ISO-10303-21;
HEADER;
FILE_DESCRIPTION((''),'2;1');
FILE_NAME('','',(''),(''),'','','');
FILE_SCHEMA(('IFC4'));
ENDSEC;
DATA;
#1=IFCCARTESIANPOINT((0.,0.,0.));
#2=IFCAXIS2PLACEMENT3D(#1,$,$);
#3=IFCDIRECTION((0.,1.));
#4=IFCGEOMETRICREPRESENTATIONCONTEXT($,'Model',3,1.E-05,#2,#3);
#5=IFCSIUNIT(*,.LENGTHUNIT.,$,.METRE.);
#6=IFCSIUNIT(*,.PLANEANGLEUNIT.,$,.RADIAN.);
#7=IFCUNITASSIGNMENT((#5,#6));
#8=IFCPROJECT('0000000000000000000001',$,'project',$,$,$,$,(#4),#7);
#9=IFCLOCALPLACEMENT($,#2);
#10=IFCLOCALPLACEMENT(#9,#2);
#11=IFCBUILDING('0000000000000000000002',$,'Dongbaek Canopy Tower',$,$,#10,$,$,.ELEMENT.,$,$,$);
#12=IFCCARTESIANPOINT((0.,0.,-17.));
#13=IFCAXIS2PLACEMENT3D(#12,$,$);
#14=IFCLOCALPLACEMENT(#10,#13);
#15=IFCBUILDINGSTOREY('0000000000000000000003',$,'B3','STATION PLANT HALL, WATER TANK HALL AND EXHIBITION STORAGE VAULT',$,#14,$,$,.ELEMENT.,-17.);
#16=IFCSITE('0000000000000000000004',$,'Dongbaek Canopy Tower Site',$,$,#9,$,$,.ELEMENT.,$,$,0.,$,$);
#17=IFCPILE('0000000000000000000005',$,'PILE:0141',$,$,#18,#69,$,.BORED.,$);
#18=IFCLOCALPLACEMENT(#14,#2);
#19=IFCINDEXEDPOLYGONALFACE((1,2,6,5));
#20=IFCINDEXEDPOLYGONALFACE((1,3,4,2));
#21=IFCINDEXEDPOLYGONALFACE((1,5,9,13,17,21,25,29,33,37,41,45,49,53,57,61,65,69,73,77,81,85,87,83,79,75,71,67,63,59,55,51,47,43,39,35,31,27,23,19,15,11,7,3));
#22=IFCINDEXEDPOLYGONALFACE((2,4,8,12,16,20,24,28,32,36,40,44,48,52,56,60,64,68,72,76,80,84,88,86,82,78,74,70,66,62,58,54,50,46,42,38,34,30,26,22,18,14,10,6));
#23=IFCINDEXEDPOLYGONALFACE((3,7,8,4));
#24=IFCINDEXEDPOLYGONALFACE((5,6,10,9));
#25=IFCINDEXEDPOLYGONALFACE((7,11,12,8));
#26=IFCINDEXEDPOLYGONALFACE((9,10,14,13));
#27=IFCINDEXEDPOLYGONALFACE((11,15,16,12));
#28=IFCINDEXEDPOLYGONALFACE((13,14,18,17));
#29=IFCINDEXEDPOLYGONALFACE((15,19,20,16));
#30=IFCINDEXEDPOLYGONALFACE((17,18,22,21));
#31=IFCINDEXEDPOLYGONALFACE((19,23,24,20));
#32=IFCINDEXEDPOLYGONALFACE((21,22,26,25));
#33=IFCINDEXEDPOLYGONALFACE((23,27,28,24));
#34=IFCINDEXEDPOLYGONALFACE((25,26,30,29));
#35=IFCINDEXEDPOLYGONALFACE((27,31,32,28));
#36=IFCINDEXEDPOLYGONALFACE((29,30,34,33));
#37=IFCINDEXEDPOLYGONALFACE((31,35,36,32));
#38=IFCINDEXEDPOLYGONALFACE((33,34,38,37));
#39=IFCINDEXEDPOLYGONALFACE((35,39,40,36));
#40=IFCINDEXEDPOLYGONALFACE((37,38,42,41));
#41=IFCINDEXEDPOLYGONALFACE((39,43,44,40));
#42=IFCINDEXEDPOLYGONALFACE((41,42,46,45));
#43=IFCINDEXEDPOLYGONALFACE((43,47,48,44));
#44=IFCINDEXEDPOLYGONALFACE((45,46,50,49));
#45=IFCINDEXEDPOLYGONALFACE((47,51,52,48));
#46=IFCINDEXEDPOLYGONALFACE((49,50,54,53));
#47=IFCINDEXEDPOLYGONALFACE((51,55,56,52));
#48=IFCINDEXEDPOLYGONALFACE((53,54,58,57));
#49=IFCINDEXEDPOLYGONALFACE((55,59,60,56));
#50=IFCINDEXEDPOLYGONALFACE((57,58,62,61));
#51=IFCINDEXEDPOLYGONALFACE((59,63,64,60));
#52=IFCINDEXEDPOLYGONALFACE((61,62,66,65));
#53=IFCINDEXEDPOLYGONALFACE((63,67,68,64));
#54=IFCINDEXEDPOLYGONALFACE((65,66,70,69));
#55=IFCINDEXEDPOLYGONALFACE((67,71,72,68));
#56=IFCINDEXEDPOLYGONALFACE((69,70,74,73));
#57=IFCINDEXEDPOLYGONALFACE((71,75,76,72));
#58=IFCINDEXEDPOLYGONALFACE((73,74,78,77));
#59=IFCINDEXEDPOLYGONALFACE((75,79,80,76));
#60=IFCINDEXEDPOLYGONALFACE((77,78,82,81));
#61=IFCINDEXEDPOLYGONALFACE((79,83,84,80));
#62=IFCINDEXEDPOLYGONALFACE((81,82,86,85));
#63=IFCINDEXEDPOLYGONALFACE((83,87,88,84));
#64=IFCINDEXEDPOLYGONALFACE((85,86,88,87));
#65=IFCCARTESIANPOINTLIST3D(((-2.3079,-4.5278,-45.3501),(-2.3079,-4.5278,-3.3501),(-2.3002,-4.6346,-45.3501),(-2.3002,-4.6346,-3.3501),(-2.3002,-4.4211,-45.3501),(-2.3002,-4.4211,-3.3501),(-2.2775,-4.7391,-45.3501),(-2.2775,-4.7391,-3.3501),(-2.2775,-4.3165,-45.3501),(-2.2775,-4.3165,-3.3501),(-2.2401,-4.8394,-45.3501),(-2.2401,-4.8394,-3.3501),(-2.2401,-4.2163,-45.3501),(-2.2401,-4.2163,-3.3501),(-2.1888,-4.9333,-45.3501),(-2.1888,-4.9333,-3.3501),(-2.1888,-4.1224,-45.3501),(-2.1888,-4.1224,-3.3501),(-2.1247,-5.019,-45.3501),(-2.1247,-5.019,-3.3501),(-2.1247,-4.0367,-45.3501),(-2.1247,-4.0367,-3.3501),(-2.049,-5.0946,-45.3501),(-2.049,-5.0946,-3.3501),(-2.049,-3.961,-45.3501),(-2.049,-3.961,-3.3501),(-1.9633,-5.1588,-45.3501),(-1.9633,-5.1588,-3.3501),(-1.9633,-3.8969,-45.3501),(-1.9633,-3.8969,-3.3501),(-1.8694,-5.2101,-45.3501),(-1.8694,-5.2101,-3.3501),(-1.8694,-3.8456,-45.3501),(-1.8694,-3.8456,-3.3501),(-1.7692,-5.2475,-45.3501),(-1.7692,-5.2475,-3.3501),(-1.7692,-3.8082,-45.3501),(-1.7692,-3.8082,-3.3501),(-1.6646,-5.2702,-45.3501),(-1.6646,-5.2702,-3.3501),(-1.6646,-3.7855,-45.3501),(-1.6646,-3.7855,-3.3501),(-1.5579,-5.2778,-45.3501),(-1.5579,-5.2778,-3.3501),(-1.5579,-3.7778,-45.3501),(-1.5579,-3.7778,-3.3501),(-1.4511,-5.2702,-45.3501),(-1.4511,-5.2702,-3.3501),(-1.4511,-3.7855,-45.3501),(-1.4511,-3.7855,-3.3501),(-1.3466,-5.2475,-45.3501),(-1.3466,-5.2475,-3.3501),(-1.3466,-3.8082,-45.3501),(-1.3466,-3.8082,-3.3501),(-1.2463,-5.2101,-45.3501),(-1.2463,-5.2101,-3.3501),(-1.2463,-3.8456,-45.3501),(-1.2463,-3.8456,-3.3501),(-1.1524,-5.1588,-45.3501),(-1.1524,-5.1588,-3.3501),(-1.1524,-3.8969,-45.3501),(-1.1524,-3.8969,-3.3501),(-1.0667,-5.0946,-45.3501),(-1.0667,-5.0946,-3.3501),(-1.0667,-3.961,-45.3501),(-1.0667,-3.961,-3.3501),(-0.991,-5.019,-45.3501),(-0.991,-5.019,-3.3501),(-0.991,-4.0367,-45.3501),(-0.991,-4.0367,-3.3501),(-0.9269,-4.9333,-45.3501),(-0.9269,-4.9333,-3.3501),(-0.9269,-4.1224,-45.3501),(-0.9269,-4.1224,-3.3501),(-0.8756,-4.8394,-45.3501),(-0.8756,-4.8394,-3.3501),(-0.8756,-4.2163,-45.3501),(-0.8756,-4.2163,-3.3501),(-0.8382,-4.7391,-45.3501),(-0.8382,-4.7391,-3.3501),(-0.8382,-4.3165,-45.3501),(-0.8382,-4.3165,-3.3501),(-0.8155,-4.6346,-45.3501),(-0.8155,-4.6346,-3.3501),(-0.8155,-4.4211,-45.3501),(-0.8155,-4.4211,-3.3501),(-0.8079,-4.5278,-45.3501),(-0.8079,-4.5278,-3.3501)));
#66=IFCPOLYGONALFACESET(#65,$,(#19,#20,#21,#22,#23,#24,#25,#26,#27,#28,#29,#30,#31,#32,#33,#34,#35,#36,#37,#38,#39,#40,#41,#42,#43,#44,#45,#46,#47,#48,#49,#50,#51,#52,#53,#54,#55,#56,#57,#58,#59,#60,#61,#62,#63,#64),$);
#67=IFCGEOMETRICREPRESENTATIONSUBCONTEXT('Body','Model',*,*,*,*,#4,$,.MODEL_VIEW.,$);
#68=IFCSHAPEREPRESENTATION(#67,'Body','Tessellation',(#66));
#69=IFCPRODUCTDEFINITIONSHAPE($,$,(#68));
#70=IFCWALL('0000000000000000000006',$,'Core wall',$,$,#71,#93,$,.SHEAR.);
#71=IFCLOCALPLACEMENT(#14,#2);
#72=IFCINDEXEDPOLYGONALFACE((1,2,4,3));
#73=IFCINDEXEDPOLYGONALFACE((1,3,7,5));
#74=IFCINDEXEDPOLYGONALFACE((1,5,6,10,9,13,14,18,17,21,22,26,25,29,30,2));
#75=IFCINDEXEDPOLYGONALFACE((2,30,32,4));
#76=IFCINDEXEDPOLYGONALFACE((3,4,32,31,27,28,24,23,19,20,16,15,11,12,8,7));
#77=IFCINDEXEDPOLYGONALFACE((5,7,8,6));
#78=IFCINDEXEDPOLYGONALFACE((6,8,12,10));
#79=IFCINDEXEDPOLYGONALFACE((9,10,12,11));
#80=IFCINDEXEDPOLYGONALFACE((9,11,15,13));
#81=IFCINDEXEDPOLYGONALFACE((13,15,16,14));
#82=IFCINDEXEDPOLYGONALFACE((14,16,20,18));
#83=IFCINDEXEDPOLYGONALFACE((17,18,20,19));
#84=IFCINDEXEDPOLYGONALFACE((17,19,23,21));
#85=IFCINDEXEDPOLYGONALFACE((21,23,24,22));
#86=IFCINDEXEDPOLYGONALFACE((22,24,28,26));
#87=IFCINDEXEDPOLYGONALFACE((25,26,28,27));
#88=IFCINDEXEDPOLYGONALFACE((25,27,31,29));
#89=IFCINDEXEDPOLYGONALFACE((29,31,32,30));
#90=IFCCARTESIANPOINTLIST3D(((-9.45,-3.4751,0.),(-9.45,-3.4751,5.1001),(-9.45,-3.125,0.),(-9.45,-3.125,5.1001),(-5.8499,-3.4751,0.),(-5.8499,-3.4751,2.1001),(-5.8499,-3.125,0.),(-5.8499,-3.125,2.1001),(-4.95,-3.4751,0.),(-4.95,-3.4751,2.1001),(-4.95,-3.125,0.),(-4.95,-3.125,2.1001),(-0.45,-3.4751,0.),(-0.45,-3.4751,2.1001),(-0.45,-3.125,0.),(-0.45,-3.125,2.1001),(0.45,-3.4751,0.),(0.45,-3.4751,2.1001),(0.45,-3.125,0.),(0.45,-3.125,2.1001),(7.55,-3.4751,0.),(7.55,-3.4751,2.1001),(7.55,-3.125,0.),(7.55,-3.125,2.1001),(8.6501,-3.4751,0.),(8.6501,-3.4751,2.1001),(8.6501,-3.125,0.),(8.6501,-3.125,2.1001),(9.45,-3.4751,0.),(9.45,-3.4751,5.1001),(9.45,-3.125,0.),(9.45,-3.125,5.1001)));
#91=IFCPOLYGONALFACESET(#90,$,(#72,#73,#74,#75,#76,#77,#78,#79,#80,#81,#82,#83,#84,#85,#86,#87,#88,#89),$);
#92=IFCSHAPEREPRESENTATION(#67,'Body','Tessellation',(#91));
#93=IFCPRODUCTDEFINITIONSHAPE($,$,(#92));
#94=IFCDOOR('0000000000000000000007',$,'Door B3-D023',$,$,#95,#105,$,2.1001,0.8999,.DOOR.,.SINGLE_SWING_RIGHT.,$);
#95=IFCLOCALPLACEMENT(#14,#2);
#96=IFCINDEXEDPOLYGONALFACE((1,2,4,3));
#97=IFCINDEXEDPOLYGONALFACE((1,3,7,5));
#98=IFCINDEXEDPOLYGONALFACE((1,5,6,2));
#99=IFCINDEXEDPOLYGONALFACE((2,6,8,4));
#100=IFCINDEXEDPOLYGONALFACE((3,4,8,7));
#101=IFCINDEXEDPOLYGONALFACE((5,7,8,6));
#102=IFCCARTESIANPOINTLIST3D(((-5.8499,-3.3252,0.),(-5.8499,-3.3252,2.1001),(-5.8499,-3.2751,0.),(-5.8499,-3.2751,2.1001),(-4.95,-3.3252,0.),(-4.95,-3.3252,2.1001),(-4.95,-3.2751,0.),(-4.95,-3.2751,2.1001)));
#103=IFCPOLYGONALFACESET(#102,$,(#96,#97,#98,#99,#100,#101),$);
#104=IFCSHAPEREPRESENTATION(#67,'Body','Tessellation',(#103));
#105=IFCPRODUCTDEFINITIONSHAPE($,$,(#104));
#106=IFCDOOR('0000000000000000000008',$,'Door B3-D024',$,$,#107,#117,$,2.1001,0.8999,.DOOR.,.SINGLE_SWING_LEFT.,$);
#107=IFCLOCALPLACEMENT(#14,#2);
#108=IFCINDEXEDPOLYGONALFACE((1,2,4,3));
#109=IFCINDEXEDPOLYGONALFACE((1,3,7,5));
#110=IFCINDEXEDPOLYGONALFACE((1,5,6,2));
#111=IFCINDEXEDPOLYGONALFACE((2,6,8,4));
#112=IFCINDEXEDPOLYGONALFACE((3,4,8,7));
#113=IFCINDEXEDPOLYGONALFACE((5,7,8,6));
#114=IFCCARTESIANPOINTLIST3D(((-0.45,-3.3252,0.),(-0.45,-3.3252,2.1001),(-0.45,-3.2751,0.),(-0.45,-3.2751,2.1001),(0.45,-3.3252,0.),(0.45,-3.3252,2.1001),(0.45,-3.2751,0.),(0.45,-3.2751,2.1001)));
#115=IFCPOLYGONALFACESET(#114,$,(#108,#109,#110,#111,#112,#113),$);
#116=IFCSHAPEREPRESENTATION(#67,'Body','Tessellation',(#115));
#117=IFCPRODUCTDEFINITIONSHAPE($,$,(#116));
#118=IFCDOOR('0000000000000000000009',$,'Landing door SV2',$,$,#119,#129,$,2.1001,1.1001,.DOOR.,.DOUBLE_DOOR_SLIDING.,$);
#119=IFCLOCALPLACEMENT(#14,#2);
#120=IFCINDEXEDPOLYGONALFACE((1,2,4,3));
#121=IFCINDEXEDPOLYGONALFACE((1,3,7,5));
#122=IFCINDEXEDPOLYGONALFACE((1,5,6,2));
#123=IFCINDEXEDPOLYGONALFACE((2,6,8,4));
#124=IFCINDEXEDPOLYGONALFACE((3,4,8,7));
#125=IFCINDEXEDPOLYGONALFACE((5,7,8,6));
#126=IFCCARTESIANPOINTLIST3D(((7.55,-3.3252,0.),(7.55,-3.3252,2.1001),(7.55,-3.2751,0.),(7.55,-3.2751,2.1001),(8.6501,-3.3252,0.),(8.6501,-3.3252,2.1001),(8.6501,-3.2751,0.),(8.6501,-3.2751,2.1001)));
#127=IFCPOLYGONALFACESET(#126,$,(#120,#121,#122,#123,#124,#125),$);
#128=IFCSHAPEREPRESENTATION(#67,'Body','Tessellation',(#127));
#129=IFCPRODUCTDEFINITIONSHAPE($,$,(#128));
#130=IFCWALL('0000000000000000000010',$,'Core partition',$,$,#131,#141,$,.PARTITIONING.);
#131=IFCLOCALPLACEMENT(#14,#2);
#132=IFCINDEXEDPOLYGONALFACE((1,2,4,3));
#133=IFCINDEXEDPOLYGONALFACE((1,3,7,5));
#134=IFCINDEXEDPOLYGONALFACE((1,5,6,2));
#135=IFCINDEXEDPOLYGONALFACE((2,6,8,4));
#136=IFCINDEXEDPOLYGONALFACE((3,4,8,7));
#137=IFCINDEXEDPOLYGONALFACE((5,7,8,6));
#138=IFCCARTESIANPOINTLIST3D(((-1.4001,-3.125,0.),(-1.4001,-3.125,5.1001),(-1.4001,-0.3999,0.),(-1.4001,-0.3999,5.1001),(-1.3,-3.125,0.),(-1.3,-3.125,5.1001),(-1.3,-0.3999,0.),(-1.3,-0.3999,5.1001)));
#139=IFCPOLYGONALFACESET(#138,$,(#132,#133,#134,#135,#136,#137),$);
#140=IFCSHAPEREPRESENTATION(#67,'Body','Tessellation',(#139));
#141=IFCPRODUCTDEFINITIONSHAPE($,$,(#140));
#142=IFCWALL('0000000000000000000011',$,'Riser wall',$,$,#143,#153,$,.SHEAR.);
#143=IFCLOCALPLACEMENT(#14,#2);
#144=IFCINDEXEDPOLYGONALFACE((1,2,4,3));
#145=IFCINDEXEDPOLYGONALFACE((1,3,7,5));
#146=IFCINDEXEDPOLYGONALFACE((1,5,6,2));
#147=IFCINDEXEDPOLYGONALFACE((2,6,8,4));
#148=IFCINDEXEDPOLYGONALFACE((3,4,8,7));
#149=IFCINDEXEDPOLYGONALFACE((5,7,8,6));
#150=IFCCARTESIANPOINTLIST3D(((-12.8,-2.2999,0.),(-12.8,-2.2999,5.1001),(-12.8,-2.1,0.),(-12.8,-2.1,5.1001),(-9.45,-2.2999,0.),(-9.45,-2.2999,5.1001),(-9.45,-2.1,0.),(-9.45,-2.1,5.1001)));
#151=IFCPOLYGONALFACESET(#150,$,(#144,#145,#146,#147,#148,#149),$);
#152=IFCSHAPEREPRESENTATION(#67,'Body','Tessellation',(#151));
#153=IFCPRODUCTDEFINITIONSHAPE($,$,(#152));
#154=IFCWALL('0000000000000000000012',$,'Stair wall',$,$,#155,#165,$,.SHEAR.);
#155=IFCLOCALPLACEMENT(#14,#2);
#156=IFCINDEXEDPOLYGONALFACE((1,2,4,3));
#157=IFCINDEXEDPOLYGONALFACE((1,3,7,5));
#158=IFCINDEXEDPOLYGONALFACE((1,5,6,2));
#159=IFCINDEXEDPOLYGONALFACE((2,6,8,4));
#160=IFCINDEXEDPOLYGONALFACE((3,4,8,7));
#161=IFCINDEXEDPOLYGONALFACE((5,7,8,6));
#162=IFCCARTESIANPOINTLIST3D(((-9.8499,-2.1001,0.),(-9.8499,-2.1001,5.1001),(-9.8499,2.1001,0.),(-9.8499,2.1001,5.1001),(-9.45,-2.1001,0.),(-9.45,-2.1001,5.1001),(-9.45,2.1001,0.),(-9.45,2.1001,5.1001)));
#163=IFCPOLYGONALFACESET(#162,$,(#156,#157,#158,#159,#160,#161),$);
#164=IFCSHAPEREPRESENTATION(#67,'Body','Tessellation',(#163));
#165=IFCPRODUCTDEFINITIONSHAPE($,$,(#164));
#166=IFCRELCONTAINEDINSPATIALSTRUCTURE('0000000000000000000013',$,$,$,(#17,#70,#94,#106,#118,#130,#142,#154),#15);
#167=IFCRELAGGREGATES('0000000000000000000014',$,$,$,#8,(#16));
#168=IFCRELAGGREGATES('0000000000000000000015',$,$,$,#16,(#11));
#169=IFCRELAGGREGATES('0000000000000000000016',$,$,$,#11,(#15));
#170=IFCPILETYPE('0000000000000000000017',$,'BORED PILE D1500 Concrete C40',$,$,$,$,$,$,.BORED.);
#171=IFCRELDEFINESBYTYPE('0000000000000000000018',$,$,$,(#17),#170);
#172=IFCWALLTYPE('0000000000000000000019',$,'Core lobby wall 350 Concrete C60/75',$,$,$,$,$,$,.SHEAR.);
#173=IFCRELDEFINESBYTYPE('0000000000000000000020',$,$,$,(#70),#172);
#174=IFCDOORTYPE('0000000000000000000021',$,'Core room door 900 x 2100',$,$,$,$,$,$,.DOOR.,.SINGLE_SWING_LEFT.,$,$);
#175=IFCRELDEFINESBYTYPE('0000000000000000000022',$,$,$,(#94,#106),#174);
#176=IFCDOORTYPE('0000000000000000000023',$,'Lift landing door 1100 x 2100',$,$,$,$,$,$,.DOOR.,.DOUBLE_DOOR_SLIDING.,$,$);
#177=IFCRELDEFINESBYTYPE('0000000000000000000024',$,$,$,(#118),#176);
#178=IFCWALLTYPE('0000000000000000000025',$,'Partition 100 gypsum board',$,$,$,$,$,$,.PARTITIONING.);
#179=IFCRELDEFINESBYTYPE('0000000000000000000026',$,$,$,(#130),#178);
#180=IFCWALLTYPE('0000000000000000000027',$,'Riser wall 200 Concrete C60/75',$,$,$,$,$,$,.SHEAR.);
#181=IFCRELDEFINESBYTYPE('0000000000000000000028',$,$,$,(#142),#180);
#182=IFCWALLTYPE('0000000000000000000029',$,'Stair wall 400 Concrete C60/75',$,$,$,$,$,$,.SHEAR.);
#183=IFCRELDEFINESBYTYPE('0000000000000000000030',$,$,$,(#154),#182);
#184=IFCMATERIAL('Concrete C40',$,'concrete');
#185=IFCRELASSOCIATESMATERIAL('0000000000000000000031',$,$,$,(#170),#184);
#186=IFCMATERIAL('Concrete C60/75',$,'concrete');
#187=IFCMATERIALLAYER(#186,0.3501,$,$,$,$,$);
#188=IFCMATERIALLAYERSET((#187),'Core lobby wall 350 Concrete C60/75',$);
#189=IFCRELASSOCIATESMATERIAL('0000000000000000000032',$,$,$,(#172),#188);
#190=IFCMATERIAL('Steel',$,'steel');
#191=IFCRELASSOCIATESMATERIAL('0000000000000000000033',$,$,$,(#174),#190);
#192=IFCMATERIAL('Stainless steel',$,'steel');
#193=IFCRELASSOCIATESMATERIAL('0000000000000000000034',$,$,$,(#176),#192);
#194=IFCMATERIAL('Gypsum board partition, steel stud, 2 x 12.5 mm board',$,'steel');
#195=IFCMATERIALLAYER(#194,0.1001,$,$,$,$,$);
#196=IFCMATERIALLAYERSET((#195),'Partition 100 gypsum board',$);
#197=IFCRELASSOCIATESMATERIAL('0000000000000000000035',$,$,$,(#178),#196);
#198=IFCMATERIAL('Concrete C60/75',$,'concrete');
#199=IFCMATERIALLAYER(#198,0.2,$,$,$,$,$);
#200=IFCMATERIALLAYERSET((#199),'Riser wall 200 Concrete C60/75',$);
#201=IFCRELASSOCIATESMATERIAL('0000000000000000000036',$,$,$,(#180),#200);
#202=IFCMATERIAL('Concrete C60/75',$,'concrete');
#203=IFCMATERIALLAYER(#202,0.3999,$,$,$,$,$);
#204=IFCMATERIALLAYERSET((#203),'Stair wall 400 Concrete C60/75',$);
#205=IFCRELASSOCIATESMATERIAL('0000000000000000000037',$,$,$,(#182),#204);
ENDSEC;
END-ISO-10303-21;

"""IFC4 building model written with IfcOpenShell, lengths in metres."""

from ifc_helpers import new_model, si_unit, direction, frame, frame_2d, origin, origin_2d, place, context, subcontext, project, spatial, rectangle, circle, extrude, material, layer, layer_set, material_profile, profile_set, type_object, element, fill, save


model = new_model("IFC4")

# Units and contexts
model_context = context("Model", 3, precision=1e-05, world=origin(), true_north=direction((0.0, 1.0)))
body_context = subcontext(model_context, "Body", "Model", "MODEL_VIEW")
ifc_project = project(units=[si_unit("LENGTHUNIT", "METRE"), si_unit("PLANEANGLEUNIT", "RADIAN")], contexts=[model_context])

# Site, building, storey
site_placement = place(None, origin())
site = spatial("IfcSite", under=ifc_project, at=site_placement, Name="Dongbaek Canopy Tower Site", CompositionType="ELEMENT", RefElevation=0.0)
building_placement = place(site_placement, origin())
building = spatial("IfcBuilding", under=site, at=building_placement, Name="Dongbaek Canopy Tower", CompositionType="ELEMENT")
storey_placement = place(building_placement, frame((0.0, 0.0, -17.0)))
storey = spatial("IfcBuildingStorey", under=building, at=storey_placement, Name="B3", Description="STATION PLANT HALL, WATER TANK HALL AND EXHIBITION STORAGE VAULT", CompositionType="ELEMENT", Elevation=-17.0)

# Pile
ifc_material_1 = material(Name="Concrete C40", Category="concrete")
ifc_material_profile = material_profile(ifc_material_1, circle(Radius=0.75, at=origin_2d()), Name="BORED PILE D1500 Concrete C40")
ifc_profile_set = profile_set([ifc_material_profile], Name="Concrete C40")
pile_type = type_object("IfcPileType", Name="BORED PILE D1500 Concrete C40", PredefinedType="BORED", material=ifc_profile_set)
for number, where, z_axis, x_axis, name in (
    (1, (-1.5579, -4.5278, -3.3501), (0.0, 0.0, -1.0), (1.0, 0.0, 0.0), "PILE:0141"),
):
    element("IfcPile", number, at=place(storey_placement, frame(where, z_axis=z_axis, x_axis=x_axis)), inside=storey, type_object=pile_type, Name=name, PredefinedType="BORED", context=body_context, shape_type="SweptSolid", body=[
        extrude(circle(Radius=0.75, at=origin_2d()), origin(), (0.0, 0.0, 1.0), 42.0),
    ])

# Wall, openings, doors
ifc_material_2 = material(Name="Concrete C60/75", Category="concrete")
ifc_layer_1 = layer(ifc_material_2, 0.3501)
ifc_layer_set_1 = layer_set([ifc_layer_1], Name="Core lobby wall 350 Concrete C60/75")
wall_type_1 = type_object("IfcWallType", Name="Core lobby wall 350 Concrete C60/75", PredefinedType="SHEAR", material=ifc_layer_set_1)
wall_1_placement = place(storey_placement, frame((-9.45, -3.3, 0.0), z_axis=(0.0, 0.0, 1.0), x_axis=(1.0, 0.0, 0.0)))
wall_1 = element("IfcWall", 2, at=wall_1_placement, inside=storey, type_object=wall_type_1, Name="Core wall", PredefinedType="SHEAR", context=body_context, shape_type="SweptSolid", body=[
    extrude(rectangle(XDim=18.8999, YDim=0.3501, at=frame_2d((9.45, 0.0))), origin(), (0.0, 0.0, 1.0), 5.1001),
])
opening_1_placement = place(wall_1_placement, frame((17.0, 0.0, 0.0)))
opening_1 = element("IfcOpeningElement", 3, at=opening_1_placement, cuts=wall_1, PredefinedType="OPENING", context=body_context, shape_type="SweptSolid", body=[
    extrude(rectangle(XDim=1.1001, YDim=2.1001, at=frame_2d((0.55, 1.05))), frame((0.0, 0.1851, 0.0), z_axis=(0.0, -1.0, 0.0), x_axis=(1.0, 0.0, 0.0)), (0.0, 0.0, 1.0), 0.3701),
])
opening_2_placement = place(wall_1_placement, frame((3.6001, 0.0, 0.0)))
opening_2 = element("IfcOpeningElement", 4, at=opening_2_placement, cuts=wall_1, PredefinedType="OPENING", context=body_context, shape_type="SweptSolid", body=[
    extrude(rectangle(XDim=0.8999, YDim=2.1001, at=frame_2d((0.45, 1.05))), frame((0.0, 0.1851, 0.0), z_axis=(0.0, -1.0, 0.0), x_axis=(1.0, 0.0, 0.0)), (0.0, 0.0, 1.0), 0.3701),
])
opening_3_placement = place(wall_1_placement, frame((9.0, 0.0, 0.0)))
opening_3 = element("IfcOpeningElement", 5, at=opening_3_placement, cuts=wall_1, PredefinedType="OPENING", context=body_context, shape_type="SweptSolid", body=[
    extrude(rectangle(XDim=0.8999, YDim=2.1001, at=frame_2d((0.45, 1.05))), frame((0.0, 0.1851, 0.0), z_axis=(0.0, -1.0, 0.0), x_axis=(1.0, 0.0, 0.0)), (0.0, 0.0, 1.0), 0.3701),
])
ifc_material_3 = material(Name="Steel", Category="steel")
door_type_1 = type_object("IfcDoorType", Name="Core room door 900 x 2100", OperationType="SINGLE_SWING_LEFT", PredefinedType="DOOR", material=ifc_material_3)
door_1_placement = place(opening_2_placement, origin())
door_1 = element("IfcDoor", 6, at=door_1_placement, inside=storey, type_object=door_type_1, Name="Door B3-D023", OperationType="SINGLE_SWING_RIGHT", OverallHeight=2.1001, OverallWidth=0.8999, PredefinedType="DOOR", context=body_context, shape_type="SweptSolid", body=[
    extrude(rectangle(XDim=0.8999, YDim=2.1001, at=frame_2d((0.45, 1.05))), frame((0.0, 0.0249, 0.0), z_axis=(0.0, -1.0, 0.0), x_axis=(1.0, 0.0, 0.0)), (0.0, 0.0, 1.0), 0.05),
])
fill(opening_2, door_1)
door_2_placement = place(opening_3_placement, origin())
door_2 = element("IfcDoor", 7, at=door_2_placement, inside=storey, type_object=door_type_1, Name="Door B3-D024", OperationType="SINGLE_SWING_LEFT", OverallHeight=2.1001, OverallWidth=0.8999, PredefinedType="DOOR", context=body_context, shape_type="SweptSolid", body=[
    extrude(rectangle(XDim=0.8999, YDim=2.1001, at=frame_2d((0.45, 1.05))), frame((0.0, 0.0249, 0.0), z_axis=(0.0, -1.0, 0.0), x_axis=(1.0, 0.0, 0.0)), (0.0, 0.0, 1.0), 0.05),
])
fill(opening_3, door_2)
ifc_material_4 = material(Name="Stainless steel", Category="steel")
door_type_2 = type_object("IfcDoorType", Name="Lift landing door 1100 x 2100", OperationType="DOUBLE_DOOR_SLIDING", PredefinedType="DOOR", material=ifc_material_4)
door_3_placement = place(opening_1_placement, origin())
door_3 = element("IfcDoor", 8, at=door_3_placement, inside=storey, type_object=door_type_2, Name="Landing door SV2", OperationType="DOUBLE_DOOR_SLIDING", OverallHeight=2.1001, OverallWidth=1.1001, PredefinedType="DOOR", context=body_context, shape_type="SweptSolid", body=[
    extrude(rectangle(XDim=1.1001, YDim=2.1001, at=frame_2d((0.55, 1.05))), frame((0.0, 0.0249, 0.0), z_axis=(0.0, -1.0, 0.0), x_axis=(1.0, 0.0, 0.0)), (0.0, 0.0, 1.0), 0.05),
])
fill(opening_1, door_3)

# Walls
ifc_material_5 = material(Name="Gypsum board partition, steel stud, 2 x 12.5 mm board", Category="steel")
ifc_layer_2 = layer(ifc_material_5, 0.1001)
ifc_layer_set_2 = layer_set([ifc_layer_2], Name="Partition 100 gypsum board")
wall_type_2 = type_object("IfcWallType", Name="Partition 100 gypsum board", PredefinedType="PARTITIONING", material=ifc_layer_set_2)
wall_2_placement = place(storey_placement, frame((-1.3501, -3.125, 0.0), z_axis=(0.0, 0.0, 1.0), x_axis=(0.0, 1.0, 0.0)))
element("IfcWall", 9, at=wall_2_placement, inside=storey, type_object=wall_type_2, Name="Core partition", PredefinedType="PARTITIONING", context=body_context, shape_type="SweptSolid", body=[
    extrude(rectangle(XDim=2.7251, YDim=0.1001, at=frame_2d((1.3625, 0.0))), origin(), (0.0, 0.0, 1.0), 5.1001),
])
ifc_material_6 = material(Name="Concrete C60/75", Category="concrete")
ifc_layer_3 = layer(ifc_material_6, 0.2)
ifc_layer_set_3 = layer_set([ifc_layer_3], Name="Riser wall 200 Concrete C60/75")
wall_type_3 = type_object("IfcWallType", Name="Riser wall 200 Concrete C60/75", PredefinedType="SHEAR", material=ifc_layer_set_3)
wall_3_placement = place(storey_placement, frame((-9.45, -2.2, 0.0), z_axis=(0.0, 0.0, 1.0), x_axis=(-1.0, 0.0, 0.0)))
element("IfcWall", 10, at=wall_3_placement, inside=storey, type_object=wall_type_3, Name="Riser wall", PredefinedType="SHEAR", context=body_context, shape_type="SweptSolid", body=[
    extrude(rectangle(XDim=3.3501, YDim=0.2, at=frame_2d((1.675, 0.0))), origin(), (0.0, 0.0, 1.0), 5.1001),
])
ifc_material_7 = material(Name="Concrete C60/75", Category="concrete")
ifc_layer_4 = layer(ifc_material_7, 0.3999)
ifc_layer_set_4 = layer_set([ifc_layer_4], Name="Stair wall 400 Concrete C60/75")
wall_type_4 = type_object("IfcWallType", Name="Stair wall 400 Concrete C60/75", PredefinedType="SHEAR", material=ifc_layer_set_4)
wall_4_placement = place(storey_placement, frame((-9.6499, -2.1001, 0.0), z_axis=(0.0, 0.0, 1.0), x_axis=(0.0, 1.0, 0.0)))
element("IfcWall", 11, at=wall_4_placement, inside=storey, type_object=wall_type_4, Name="Stair wall", PredefinedType="SHEAR", context=body_context, shape_type="SweptSolid", body=[
    extrude(rectangle(XDim=4.2002, YDim=0.3999, at=frame_2d((2.1001, 0.0))), origin(), (0.0, 0.0, 1.0), 5.1001),
])

save(model, "model.ifc")
